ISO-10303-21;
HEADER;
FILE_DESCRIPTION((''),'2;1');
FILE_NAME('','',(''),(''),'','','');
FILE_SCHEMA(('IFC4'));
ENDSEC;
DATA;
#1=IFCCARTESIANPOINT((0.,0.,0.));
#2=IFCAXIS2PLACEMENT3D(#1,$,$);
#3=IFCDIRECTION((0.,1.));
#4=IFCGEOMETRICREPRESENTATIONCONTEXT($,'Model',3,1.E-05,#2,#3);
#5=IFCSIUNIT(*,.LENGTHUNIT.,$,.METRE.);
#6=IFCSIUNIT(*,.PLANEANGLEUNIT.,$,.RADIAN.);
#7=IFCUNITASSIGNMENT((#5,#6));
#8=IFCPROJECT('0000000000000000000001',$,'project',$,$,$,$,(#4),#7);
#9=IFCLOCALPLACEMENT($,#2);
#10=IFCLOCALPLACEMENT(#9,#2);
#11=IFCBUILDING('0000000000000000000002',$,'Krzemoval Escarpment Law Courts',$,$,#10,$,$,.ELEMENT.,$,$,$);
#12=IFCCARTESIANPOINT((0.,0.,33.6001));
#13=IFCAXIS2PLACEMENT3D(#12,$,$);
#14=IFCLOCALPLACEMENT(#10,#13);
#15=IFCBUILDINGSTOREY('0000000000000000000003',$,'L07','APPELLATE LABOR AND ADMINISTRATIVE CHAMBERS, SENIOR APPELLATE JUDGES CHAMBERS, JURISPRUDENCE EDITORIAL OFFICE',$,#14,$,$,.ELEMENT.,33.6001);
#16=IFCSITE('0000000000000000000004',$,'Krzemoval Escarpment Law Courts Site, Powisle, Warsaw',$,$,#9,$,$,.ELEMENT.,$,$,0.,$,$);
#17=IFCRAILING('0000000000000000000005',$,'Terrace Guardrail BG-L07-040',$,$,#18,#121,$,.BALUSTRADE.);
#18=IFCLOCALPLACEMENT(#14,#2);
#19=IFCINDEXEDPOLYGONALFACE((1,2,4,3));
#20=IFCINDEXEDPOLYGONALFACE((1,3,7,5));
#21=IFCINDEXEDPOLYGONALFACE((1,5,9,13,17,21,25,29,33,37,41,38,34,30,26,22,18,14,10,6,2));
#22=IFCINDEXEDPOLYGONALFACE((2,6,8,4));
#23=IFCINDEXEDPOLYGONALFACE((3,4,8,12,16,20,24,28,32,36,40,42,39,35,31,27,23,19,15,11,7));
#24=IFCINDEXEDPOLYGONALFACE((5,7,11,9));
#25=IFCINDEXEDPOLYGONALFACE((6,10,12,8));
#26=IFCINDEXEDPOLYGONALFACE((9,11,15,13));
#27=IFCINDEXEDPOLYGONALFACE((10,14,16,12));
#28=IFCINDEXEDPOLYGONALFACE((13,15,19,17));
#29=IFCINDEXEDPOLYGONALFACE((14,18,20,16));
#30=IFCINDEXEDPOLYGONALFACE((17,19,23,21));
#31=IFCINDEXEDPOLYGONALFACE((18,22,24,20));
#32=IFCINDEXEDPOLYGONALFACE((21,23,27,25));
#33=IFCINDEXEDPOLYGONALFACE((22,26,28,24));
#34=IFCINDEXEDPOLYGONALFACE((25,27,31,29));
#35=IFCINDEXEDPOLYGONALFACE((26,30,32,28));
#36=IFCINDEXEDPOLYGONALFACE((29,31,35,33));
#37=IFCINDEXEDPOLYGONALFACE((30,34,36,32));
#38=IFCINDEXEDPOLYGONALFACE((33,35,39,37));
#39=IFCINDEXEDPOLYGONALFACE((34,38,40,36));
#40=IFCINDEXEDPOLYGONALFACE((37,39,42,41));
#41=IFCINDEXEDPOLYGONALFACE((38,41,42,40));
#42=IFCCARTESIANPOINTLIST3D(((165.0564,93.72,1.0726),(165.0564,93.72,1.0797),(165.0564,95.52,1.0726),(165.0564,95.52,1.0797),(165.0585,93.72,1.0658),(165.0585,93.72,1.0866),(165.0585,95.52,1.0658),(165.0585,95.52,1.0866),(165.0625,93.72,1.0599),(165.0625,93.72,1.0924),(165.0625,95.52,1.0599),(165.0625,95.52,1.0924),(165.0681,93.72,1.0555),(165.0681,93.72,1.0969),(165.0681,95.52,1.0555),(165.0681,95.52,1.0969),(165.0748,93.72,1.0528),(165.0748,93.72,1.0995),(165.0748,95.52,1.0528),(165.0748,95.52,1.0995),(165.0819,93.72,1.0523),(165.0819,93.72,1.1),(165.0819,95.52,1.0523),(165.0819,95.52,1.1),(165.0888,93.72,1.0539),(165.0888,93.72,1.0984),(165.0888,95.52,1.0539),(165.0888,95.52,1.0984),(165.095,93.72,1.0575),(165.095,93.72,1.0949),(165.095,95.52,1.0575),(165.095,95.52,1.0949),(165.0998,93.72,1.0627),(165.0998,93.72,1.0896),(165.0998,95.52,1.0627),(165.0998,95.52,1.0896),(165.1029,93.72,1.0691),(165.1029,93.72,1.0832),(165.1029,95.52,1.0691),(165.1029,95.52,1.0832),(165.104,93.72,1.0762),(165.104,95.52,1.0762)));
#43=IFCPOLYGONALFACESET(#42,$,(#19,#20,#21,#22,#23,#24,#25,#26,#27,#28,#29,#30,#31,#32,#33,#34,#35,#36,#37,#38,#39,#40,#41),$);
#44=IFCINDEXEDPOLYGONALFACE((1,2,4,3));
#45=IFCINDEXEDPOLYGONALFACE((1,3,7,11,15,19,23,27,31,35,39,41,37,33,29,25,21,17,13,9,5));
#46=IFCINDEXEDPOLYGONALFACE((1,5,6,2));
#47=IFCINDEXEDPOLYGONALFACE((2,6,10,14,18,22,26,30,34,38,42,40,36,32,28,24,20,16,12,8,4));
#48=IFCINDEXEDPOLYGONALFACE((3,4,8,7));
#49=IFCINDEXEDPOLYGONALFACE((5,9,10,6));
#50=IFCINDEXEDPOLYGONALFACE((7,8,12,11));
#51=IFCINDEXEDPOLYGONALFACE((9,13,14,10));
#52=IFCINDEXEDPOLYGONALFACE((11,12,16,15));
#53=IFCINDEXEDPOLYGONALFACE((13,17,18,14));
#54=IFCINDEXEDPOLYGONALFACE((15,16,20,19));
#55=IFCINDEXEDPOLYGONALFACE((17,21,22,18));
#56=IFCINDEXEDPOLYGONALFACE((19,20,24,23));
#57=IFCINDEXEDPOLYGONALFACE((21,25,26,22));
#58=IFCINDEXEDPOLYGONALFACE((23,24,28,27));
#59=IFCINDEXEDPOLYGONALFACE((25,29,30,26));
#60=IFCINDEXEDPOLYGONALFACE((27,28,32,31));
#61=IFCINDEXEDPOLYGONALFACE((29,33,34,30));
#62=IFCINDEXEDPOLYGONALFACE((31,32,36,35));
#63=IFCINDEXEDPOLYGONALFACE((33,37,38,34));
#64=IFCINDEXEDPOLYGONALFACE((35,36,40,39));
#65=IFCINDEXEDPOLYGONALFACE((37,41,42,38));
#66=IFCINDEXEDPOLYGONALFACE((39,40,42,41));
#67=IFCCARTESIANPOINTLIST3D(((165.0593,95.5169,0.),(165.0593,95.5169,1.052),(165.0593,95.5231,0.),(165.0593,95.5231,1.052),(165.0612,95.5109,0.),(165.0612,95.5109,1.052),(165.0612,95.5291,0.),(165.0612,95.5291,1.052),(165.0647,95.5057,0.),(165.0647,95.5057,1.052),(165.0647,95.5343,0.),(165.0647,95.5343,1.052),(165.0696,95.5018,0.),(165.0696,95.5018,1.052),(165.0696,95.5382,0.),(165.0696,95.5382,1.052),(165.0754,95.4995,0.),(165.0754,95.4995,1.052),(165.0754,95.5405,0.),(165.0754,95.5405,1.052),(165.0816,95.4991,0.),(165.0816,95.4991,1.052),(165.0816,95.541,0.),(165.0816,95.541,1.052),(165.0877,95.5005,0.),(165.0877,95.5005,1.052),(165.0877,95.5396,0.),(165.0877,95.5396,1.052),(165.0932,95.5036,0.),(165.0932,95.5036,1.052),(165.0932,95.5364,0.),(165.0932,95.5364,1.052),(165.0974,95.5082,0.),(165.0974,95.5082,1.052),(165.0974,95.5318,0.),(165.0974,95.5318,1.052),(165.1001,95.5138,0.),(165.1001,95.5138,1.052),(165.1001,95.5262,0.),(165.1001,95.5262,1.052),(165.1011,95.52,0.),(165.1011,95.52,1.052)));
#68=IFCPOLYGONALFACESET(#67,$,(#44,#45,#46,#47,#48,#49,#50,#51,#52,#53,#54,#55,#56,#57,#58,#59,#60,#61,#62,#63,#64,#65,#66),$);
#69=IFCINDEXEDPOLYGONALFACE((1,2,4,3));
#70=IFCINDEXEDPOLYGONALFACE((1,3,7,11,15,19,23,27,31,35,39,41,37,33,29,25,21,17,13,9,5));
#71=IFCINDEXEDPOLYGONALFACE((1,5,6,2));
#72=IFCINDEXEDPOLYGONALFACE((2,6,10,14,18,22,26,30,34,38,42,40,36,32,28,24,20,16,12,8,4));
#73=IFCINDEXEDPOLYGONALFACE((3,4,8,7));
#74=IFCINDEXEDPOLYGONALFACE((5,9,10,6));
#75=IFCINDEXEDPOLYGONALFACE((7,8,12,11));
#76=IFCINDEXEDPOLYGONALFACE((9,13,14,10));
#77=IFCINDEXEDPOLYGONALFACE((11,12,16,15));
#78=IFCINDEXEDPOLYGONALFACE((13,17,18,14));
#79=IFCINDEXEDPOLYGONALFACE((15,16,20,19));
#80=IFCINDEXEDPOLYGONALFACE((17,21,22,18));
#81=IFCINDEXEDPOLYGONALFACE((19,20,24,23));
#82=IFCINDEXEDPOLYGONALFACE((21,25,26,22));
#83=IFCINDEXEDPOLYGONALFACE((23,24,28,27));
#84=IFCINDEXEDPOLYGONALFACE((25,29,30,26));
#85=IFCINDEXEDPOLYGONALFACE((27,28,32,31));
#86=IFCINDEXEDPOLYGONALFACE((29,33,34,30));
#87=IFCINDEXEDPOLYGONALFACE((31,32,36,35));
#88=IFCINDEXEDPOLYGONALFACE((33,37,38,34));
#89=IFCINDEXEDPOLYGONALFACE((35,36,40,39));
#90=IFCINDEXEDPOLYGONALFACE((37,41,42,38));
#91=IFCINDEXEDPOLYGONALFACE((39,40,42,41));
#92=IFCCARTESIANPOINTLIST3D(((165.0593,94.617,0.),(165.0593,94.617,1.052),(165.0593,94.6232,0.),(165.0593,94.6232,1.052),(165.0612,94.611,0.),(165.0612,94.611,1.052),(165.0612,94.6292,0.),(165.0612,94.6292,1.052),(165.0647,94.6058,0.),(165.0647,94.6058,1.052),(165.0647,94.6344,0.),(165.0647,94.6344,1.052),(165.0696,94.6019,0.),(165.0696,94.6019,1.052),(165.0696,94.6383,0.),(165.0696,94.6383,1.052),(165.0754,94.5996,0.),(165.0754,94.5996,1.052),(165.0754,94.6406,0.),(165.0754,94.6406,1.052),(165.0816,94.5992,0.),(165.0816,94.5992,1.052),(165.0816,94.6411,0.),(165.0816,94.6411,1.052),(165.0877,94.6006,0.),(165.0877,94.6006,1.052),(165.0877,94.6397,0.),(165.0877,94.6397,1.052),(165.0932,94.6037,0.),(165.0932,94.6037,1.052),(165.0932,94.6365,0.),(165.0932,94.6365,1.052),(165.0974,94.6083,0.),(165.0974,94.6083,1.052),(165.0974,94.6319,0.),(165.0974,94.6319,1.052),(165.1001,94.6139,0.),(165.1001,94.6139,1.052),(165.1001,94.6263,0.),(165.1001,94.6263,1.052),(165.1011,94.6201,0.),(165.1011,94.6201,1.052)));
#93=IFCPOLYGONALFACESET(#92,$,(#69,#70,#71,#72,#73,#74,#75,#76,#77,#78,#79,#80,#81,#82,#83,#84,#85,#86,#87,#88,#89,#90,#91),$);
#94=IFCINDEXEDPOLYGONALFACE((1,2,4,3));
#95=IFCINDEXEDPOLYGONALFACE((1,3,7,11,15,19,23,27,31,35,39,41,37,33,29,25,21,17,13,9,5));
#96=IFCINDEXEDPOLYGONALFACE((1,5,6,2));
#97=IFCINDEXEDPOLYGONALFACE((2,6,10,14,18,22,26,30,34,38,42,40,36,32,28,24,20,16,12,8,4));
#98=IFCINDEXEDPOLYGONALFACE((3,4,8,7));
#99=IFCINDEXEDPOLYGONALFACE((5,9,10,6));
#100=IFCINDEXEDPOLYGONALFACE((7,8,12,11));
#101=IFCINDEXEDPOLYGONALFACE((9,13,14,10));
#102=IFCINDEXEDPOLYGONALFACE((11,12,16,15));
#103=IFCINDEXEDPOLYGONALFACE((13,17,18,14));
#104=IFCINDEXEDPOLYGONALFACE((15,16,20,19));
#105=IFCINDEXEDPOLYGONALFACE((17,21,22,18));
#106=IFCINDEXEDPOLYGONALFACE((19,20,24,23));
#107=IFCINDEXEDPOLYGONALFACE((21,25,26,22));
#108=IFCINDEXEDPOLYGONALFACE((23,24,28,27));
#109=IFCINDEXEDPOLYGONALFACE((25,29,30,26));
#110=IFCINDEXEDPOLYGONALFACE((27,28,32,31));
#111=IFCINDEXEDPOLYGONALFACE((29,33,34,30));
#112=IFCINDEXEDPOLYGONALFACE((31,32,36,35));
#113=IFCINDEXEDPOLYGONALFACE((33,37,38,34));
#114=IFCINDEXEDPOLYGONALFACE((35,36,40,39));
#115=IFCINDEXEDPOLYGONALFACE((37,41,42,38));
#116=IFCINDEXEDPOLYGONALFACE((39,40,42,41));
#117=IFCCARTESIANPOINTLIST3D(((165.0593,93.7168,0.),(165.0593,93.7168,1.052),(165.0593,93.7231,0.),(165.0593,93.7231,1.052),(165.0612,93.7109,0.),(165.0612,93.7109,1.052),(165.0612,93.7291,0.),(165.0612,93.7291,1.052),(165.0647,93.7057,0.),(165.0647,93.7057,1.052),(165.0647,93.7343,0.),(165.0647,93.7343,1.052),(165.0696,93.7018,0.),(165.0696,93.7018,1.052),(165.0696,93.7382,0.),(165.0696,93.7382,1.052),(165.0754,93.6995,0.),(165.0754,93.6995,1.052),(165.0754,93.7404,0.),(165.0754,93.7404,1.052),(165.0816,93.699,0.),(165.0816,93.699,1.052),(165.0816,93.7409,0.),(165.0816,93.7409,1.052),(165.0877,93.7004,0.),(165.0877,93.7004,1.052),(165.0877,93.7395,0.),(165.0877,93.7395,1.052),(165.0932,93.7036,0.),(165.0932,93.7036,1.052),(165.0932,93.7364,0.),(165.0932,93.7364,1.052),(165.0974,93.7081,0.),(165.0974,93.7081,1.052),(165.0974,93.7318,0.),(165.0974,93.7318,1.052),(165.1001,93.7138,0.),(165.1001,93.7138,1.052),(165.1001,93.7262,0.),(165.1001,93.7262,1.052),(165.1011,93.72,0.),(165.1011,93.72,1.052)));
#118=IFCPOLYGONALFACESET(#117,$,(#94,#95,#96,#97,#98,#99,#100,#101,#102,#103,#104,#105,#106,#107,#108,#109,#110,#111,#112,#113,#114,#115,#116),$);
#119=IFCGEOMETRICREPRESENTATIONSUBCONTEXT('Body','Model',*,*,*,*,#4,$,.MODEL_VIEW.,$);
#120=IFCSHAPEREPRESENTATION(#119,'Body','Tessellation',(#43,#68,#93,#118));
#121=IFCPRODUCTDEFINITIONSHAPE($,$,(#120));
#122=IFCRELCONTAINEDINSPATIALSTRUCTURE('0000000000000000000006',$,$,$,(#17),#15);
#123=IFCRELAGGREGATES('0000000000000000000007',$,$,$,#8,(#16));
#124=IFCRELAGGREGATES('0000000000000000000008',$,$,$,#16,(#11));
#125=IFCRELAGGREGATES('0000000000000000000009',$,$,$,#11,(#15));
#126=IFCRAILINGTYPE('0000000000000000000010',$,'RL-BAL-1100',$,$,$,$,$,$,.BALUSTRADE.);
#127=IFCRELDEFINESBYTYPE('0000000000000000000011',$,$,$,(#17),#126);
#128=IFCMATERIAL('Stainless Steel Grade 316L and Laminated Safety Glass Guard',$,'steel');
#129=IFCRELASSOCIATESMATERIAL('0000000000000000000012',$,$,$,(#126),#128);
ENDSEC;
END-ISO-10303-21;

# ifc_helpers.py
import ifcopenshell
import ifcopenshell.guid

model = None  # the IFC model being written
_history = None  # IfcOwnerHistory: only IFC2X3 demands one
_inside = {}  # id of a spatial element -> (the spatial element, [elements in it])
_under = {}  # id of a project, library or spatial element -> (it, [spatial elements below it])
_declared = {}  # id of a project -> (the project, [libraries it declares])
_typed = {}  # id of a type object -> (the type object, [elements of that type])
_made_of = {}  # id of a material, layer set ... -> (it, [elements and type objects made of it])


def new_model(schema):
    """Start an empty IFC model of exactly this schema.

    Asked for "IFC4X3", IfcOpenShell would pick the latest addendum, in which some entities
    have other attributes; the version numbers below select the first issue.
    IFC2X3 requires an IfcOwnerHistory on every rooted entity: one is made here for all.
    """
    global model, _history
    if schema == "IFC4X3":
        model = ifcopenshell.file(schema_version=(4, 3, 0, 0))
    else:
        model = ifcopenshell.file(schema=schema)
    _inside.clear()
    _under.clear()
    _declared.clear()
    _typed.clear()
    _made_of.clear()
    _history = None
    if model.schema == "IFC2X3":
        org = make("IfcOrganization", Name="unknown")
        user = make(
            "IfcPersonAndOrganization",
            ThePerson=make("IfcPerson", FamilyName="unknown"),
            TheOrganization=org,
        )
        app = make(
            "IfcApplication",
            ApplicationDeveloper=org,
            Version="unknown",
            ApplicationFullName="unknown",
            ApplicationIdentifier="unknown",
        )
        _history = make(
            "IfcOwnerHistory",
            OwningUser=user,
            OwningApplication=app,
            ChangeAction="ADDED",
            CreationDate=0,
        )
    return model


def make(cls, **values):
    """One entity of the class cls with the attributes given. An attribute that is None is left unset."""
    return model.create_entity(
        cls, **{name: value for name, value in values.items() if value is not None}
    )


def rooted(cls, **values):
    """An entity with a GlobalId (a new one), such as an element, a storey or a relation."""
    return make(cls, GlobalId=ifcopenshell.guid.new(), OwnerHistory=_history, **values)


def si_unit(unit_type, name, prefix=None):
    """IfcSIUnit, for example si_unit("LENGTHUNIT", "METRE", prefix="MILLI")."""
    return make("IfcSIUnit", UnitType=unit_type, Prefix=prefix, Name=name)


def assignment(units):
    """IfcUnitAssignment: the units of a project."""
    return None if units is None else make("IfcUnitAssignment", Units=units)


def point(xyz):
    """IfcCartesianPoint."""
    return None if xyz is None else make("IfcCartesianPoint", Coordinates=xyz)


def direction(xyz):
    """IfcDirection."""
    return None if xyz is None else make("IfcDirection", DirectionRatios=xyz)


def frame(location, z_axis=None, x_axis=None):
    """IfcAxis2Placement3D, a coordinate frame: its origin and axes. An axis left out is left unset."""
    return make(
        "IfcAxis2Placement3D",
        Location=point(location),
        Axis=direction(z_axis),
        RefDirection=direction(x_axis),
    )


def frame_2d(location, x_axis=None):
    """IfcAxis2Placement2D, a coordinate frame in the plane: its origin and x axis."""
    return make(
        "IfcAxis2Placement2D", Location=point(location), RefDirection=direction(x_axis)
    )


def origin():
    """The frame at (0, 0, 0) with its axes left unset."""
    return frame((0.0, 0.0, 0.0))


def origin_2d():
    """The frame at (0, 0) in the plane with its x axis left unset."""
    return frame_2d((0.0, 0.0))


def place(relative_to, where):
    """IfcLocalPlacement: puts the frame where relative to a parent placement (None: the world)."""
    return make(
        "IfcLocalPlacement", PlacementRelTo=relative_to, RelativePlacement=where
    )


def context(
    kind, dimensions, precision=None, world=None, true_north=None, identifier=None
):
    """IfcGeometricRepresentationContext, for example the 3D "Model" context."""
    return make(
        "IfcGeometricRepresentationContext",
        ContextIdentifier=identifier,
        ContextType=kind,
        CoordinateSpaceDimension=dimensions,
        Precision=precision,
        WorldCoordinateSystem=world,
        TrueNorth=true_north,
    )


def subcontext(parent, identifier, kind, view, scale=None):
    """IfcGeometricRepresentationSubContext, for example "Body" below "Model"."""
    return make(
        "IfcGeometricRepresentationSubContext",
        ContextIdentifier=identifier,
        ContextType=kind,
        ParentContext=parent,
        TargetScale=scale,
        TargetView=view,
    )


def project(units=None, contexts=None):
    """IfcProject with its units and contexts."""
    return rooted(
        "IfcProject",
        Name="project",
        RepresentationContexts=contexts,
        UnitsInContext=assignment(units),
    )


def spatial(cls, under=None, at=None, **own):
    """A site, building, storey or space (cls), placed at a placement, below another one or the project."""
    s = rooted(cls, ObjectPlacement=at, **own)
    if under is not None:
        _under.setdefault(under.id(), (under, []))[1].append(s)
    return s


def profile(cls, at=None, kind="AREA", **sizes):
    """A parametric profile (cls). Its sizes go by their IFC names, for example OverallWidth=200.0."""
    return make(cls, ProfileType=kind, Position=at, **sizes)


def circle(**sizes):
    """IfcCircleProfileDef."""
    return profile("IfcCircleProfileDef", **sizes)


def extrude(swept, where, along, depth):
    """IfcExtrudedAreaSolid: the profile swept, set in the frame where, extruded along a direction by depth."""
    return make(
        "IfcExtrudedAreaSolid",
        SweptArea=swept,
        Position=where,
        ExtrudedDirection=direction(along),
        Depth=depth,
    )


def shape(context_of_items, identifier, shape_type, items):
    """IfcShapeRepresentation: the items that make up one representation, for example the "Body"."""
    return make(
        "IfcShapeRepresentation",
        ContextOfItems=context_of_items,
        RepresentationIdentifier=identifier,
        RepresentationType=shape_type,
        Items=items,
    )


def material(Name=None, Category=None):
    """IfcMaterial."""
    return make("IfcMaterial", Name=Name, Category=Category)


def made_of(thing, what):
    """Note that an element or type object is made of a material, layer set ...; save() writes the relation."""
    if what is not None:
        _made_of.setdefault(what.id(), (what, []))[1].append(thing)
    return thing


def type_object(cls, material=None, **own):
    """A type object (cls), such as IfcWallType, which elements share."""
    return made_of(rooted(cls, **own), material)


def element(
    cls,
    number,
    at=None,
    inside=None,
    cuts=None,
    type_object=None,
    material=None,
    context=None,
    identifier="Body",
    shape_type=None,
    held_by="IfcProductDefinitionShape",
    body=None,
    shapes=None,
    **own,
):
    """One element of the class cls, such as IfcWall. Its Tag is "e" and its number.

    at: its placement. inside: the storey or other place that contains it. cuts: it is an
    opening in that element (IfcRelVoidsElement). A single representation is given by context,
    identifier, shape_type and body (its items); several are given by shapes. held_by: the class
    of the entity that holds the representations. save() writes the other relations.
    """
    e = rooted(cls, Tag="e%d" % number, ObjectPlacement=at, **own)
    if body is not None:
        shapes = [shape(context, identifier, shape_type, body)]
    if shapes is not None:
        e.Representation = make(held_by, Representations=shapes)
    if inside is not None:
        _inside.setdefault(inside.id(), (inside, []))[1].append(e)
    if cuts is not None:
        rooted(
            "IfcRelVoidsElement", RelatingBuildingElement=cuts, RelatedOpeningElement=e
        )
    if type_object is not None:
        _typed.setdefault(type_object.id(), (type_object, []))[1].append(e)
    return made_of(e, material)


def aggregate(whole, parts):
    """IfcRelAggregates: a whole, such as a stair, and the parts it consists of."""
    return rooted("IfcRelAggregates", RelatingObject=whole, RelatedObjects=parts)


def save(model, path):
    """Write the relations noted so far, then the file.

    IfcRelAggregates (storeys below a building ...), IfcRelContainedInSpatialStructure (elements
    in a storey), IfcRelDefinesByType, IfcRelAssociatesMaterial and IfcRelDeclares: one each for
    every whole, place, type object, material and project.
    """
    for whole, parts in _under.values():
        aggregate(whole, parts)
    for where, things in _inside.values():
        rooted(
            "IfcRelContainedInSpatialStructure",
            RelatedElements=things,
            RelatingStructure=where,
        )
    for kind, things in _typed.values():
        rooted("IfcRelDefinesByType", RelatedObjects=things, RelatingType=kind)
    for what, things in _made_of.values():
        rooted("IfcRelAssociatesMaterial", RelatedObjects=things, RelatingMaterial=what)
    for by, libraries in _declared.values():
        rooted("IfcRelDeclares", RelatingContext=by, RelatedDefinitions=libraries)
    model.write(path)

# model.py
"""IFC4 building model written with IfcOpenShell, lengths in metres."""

from ifc_helpers import new_model, si_unit, direction, frame, origin, origin_2d, place, context, subcontext, project, spatial, circle, extrude, material, type_object, element, save


model = new_model("IFC4")

# Units and contexts
model_context = context("Model", 3, precision=1e-05, world=origin(), true_north=direction((0.0, 1.0)))
body_context = subcontext(model_context, "Body", "Model", "MODEL_VIEW")
ifc_project = project(units=[si_unit("LENGTHUNIT", "METRE"), si_unit("PLANEANGLEUNIT", "RADIAN")], contexts=[model_context])

# Site, building, storey
site_placement = place(None, origin())
site = spatial("IfcSite", under=ifc_project, at=site_placement, Name="Krzemoval Escarpment Law Courts Site, Powisle, Warsaw", CompositionType="ELEMENT", RefElevation=0.0)
building_placement = place(site_placement, origin())
building = spatial("IfcBuilding", under=site, at=building_placement, Name="Krzemoval Escarpment Law Courts", CompositionType="ELEMENT")
storey_placement = place(building_placement, frame((0.0, 0.0, 33.6001)))
storey = spatial("IfcBuildingStorey", under=building, at=storey_placement, Name="L07", Description="APPELLATE LABOR AND ADMINISTRATIVE CHAMBERS, SENIOR APPELLATE JUDGES CHAMBERS, JURISPRUDENCE EDITORIAL OFFICE", CompositionType="ELEMENT", Elevation=33.6001)

# Railing
ifc_material_1 = material(Name="Stainless Steel Grade 316L and Laminated Safety Glass Guard", Category="steel")
railing_type = type_object("IfcRailingType", Name="RL-BAL-1100", PredefinedType="BALUSTRADE", material=ifc_material_1)
railing_1_placement = place(storey_placement, frame((165.0801, 95.52, 0.0)))
element("IfcRailing", 1, at=railing_1_placement, inside=storey, type_object=railing_type, Name="Terrace Guardrail BG-L07-040", PredefinedType="BALUSTRADE", context=body_context, shape_type="SweptSolid", body=[
    extrude(circle(Radius=0.0239, at=origin_2d()), frame((0.0, 0.0, 1.0762), z_axis=(0.0, -1.0, 0.0), x_axis=(1.0, 0.0, 0.0)), (0.0, 0.0, 1.0), 1.8),
    extrude(circle(Radius=0.021, at=origin_2d()), origin(), (0.0, 0.0, 1.0), 1.052),
    extrude(circle(Radius=0.021, at=origin_2d()), frame((0.0, -0.8999, 0.0)), (0.0, 0.0, 1.0), 1.052),
    extrude(circle(Radius=0.021, at=origin_2d()), frame((0.0, -1.8, 0.0)), (0.0, 0.0, 1.0), 1.052),
])

save(model, "model.ifc")
